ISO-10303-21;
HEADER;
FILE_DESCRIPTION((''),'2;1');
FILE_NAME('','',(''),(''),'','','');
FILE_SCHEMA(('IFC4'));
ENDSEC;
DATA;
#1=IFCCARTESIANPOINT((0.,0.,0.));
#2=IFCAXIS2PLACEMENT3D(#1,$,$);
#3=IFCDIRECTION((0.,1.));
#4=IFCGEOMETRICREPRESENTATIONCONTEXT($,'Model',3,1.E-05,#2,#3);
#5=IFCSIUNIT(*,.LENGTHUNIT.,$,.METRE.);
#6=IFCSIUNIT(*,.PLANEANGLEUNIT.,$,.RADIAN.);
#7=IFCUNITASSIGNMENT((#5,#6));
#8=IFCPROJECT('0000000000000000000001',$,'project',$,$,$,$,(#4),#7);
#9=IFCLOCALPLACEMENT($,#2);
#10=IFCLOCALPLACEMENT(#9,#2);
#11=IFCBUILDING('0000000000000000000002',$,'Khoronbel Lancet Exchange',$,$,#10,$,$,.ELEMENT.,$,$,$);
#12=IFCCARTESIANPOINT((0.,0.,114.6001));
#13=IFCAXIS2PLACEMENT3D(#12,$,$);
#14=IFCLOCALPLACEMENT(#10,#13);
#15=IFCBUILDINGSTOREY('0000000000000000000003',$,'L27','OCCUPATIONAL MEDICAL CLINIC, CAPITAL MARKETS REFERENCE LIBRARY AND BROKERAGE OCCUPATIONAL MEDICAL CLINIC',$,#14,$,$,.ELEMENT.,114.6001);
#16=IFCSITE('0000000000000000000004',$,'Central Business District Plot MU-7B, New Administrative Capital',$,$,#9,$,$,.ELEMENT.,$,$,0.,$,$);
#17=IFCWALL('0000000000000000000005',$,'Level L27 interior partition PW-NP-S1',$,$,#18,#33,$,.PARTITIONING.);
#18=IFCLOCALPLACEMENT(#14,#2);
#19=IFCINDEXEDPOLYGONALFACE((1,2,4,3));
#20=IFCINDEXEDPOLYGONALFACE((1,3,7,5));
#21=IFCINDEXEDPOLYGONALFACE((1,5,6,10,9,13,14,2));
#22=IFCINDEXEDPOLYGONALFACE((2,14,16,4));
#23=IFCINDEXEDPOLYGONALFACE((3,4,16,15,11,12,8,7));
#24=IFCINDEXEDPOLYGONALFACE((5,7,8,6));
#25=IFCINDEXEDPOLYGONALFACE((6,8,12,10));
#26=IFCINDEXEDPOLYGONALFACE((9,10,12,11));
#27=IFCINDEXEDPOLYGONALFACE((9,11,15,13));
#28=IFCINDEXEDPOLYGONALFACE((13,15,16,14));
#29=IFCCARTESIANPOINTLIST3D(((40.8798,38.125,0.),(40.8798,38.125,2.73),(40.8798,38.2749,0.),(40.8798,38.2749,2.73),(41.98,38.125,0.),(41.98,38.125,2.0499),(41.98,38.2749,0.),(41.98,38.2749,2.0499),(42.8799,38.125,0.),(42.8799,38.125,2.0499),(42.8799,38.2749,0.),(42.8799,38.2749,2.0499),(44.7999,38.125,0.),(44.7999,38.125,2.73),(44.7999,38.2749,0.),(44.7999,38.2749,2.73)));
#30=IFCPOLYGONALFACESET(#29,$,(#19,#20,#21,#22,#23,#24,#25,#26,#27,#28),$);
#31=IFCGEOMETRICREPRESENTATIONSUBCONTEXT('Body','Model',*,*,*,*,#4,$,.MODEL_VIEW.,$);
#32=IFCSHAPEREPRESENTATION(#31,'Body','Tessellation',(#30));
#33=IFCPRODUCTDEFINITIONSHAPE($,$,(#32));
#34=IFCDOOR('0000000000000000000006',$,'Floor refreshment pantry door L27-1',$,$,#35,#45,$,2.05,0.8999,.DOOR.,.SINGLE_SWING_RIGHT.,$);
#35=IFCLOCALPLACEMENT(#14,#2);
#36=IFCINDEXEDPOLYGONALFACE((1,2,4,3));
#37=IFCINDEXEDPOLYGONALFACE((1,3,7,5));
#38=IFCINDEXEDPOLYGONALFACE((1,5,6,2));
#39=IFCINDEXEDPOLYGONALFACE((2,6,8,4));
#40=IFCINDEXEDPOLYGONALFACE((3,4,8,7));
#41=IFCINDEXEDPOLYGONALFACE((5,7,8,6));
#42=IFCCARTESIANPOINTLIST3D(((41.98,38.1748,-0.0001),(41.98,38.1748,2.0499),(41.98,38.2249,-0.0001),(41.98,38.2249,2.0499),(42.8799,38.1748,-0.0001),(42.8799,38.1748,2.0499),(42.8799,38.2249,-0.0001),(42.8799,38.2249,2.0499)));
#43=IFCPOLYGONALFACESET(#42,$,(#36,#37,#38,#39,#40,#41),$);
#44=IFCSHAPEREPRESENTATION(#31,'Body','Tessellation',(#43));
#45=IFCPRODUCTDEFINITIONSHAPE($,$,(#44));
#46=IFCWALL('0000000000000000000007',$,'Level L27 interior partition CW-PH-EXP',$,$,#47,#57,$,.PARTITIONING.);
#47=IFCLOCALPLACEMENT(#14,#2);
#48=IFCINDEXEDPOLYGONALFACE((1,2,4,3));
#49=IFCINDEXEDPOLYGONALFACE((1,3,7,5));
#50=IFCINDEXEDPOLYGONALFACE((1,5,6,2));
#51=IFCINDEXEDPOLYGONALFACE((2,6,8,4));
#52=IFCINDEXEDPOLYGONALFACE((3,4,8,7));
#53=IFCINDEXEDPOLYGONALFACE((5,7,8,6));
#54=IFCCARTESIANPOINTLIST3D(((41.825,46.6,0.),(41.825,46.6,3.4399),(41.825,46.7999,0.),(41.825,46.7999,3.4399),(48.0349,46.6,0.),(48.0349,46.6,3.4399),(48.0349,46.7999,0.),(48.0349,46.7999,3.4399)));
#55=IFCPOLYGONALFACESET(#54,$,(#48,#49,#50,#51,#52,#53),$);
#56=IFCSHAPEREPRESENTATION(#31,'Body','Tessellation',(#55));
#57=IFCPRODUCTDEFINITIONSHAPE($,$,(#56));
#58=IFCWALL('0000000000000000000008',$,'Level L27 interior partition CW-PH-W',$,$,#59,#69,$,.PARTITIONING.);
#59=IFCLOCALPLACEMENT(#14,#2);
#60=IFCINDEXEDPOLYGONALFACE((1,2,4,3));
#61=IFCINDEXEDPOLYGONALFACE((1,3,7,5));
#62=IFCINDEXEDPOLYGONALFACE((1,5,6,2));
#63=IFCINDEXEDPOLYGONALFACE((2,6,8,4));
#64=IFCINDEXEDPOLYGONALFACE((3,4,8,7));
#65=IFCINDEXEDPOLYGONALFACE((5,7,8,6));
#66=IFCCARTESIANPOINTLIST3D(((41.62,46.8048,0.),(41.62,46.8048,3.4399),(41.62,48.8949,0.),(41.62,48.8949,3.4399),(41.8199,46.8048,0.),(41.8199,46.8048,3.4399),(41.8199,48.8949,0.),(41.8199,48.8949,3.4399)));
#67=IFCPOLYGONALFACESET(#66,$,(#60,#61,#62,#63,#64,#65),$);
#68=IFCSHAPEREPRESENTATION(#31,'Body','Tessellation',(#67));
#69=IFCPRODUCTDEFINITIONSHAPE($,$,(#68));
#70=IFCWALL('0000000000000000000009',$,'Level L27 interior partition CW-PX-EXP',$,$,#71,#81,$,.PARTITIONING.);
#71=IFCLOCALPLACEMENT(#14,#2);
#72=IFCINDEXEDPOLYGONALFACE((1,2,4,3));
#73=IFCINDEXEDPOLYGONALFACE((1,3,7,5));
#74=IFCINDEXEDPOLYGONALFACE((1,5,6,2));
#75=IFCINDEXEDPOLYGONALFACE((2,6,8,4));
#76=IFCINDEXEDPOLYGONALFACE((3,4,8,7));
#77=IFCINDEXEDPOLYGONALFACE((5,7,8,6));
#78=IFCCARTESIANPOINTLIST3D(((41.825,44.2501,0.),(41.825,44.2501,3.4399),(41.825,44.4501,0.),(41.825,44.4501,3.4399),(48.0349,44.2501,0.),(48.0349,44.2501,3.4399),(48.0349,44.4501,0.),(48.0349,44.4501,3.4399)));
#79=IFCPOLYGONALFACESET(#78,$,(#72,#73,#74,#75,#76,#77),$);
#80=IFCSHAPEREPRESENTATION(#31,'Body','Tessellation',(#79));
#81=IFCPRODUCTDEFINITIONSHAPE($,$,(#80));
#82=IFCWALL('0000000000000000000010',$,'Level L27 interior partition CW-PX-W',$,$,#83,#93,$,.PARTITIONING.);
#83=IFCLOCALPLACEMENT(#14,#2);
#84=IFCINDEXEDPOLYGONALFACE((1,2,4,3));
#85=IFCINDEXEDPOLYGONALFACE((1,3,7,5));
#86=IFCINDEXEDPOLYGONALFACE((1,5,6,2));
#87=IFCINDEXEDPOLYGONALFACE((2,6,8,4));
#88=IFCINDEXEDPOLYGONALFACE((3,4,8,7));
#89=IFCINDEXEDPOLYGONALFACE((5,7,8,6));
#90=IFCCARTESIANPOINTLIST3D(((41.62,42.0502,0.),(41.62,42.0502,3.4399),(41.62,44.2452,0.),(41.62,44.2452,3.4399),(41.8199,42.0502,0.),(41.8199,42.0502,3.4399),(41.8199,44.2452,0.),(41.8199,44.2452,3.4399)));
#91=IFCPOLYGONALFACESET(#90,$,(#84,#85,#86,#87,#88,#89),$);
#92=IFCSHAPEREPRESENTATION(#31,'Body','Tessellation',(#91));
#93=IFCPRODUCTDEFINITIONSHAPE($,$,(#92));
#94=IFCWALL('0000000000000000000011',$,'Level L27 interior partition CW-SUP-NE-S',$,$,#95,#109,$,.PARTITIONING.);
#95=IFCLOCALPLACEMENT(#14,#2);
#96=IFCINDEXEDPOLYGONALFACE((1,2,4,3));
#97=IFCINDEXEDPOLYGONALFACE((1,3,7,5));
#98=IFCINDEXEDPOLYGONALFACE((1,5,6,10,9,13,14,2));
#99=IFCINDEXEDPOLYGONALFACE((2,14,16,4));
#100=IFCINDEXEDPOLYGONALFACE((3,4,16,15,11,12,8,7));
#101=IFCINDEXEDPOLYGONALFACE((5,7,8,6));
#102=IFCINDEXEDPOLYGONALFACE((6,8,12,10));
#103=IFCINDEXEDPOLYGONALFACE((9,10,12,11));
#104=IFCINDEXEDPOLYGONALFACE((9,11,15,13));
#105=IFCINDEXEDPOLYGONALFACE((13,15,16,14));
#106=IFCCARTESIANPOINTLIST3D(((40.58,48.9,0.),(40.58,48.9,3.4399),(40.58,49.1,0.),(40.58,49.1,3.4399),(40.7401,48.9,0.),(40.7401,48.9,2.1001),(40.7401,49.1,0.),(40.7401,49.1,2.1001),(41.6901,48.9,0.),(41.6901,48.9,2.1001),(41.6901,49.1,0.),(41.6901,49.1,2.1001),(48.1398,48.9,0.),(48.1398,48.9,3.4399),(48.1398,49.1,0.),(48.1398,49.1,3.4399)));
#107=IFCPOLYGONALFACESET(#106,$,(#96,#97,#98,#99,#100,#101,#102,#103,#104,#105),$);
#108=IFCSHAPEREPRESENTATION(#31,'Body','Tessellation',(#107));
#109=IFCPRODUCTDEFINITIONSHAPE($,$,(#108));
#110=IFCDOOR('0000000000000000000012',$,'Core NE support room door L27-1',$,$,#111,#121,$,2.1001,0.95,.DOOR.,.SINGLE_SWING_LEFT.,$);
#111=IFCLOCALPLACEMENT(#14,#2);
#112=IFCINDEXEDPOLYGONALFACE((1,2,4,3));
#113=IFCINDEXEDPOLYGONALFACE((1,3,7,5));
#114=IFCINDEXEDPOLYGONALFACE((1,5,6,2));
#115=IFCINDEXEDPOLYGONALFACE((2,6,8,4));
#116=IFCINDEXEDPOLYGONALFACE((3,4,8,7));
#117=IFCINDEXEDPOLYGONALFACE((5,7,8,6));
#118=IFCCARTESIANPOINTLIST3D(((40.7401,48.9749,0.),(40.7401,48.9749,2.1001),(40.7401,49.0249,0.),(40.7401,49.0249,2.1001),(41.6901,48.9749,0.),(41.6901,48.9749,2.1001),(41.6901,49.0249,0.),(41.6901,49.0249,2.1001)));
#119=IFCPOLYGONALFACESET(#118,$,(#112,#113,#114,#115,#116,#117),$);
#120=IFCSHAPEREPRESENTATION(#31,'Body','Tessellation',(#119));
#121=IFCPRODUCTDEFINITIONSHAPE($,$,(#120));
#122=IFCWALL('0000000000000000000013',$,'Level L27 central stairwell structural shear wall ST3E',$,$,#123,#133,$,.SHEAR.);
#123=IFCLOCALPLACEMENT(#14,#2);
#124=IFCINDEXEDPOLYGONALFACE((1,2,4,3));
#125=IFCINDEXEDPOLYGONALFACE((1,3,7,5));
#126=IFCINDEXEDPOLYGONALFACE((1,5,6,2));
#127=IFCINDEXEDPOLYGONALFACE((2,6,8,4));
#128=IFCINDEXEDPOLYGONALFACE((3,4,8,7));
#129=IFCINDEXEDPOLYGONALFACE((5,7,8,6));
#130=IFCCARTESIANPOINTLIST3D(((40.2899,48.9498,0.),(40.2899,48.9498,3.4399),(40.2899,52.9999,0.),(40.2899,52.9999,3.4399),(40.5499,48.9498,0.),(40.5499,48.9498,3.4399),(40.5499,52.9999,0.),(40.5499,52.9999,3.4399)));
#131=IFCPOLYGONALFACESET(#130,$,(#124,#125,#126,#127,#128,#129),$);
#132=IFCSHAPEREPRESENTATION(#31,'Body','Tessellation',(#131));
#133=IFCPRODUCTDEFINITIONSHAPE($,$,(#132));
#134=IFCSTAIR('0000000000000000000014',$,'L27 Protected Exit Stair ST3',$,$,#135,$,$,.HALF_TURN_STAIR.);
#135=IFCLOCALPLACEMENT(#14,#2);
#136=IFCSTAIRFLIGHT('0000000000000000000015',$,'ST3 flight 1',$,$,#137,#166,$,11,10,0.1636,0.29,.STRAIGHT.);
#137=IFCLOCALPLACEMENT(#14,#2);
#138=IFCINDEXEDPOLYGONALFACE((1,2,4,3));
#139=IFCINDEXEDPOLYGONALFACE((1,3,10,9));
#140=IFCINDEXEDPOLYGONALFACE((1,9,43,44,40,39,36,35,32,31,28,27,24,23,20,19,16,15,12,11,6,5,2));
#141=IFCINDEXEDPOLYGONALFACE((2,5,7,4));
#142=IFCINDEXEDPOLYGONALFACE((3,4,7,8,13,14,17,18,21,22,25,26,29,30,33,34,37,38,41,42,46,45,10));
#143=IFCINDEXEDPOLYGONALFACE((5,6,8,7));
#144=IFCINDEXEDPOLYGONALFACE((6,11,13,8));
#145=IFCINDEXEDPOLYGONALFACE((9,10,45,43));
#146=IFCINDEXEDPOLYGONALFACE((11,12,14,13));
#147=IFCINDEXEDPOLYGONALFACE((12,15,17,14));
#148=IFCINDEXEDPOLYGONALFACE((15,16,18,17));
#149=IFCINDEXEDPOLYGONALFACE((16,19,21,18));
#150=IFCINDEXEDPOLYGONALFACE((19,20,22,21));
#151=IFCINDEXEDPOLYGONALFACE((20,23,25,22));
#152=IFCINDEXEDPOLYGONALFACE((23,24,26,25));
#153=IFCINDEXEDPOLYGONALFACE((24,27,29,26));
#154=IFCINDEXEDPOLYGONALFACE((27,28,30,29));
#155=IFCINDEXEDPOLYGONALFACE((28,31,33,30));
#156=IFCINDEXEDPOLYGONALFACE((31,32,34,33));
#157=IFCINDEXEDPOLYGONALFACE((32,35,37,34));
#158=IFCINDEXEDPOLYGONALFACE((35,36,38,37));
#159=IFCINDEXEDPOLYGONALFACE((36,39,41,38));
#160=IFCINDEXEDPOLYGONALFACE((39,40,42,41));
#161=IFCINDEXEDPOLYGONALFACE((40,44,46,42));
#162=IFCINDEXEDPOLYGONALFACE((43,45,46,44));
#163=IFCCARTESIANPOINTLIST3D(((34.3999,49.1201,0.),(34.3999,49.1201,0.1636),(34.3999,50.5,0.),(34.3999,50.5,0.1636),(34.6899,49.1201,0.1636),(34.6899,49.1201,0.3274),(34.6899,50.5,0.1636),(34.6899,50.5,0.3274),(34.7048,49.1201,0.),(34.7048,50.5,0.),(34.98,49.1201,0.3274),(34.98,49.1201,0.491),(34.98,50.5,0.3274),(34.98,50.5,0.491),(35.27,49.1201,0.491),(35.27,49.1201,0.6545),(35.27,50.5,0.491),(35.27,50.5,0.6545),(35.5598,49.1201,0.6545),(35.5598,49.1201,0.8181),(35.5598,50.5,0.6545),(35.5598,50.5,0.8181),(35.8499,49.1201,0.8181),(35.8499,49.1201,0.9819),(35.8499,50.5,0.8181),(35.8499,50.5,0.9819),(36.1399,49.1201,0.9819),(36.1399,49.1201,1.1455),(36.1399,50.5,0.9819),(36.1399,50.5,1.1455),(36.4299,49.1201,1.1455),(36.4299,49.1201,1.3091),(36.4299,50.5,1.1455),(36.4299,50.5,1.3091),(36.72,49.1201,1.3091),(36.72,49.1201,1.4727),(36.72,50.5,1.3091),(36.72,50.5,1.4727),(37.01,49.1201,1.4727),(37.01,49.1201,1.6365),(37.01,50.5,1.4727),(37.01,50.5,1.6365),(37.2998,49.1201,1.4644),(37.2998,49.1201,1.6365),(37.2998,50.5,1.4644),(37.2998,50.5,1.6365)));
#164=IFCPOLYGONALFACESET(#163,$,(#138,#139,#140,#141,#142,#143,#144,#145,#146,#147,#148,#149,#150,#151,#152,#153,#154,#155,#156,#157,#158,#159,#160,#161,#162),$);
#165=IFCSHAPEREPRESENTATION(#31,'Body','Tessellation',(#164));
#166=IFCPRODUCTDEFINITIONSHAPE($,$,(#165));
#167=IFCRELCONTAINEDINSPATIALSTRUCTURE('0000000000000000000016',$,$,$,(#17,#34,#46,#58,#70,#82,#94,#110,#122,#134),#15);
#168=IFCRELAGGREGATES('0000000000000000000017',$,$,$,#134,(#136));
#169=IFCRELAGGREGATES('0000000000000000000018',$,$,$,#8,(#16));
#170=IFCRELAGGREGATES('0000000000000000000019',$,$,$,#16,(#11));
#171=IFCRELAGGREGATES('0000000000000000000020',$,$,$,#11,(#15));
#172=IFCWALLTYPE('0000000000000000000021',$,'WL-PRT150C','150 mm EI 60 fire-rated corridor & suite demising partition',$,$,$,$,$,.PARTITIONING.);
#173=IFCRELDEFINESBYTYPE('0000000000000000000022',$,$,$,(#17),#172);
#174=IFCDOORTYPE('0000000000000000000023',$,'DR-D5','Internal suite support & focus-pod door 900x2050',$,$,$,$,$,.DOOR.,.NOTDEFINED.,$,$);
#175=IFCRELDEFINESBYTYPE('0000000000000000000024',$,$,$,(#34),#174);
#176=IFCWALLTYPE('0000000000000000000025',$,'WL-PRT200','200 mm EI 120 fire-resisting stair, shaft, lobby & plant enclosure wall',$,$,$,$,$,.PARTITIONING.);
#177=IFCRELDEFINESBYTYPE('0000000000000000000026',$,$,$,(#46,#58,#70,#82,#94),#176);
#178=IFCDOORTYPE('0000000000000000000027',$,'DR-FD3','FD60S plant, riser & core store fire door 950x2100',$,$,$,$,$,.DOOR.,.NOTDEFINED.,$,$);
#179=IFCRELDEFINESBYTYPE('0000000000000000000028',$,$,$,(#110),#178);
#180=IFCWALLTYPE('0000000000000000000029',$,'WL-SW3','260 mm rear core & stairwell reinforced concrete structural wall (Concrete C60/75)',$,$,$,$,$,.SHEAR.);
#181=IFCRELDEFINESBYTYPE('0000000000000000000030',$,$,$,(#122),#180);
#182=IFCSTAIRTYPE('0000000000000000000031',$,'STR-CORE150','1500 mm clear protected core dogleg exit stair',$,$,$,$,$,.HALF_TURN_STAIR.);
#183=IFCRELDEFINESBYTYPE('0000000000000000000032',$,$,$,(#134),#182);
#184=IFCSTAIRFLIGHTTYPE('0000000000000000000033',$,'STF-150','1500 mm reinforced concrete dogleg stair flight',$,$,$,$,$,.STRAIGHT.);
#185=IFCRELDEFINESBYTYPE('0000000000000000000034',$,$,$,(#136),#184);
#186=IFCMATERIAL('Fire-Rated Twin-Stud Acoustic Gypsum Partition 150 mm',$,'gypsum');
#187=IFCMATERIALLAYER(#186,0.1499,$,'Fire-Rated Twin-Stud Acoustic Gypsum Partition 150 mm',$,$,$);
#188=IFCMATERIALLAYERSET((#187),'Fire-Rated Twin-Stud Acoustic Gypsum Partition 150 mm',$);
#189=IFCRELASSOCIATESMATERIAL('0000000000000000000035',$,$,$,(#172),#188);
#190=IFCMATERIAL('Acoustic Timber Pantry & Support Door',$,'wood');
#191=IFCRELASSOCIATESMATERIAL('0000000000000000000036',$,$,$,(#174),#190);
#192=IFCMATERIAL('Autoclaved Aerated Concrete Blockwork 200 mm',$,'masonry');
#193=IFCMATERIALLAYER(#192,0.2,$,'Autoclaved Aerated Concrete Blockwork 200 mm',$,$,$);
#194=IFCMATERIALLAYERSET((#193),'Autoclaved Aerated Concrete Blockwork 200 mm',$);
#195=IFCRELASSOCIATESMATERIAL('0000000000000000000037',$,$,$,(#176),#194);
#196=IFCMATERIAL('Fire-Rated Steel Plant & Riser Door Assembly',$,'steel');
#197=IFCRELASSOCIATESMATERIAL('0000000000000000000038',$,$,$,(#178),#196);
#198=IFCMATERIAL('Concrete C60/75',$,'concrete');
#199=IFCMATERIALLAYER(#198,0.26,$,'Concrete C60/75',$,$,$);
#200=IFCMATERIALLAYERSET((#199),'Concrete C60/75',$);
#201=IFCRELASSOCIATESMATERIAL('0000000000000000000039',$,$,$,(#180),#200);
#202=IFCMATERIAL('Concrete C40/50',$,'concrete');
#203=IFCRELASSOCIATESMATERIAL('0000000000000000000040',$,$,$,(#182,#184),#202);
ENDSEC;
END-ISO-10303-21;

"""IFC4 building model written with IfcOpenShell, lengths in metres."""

from ifc_helpers import new_model, si_unit, direction, frame, frame_2d, origin, place, context, subcontext, project, spatial, polyline, rectangle, outline, extrude, material, layer, layer_set, type_object, element, fill, aggregate, save


model = new_model("IFC4")

# Units and contexts
model_context = context("Model", 3, precision=1e-05, world=origin(), true_north=direction((0.0, 1.0)))
body_context = subcontext(model_context, "Body", "Model", "MODEL_VIEW")
ifc_project = project(units=[si_unit("LENGTHUNIT", "METRE"), si_unit("PLANEANGLEUNIT", "RADIAN")], contexts=[model_context])

# Site, building, storey
site_placement = place(None, origin())
site = spatial("IfcSite", under=ifc_project, at=site_placement, Name="Central Business District Plot MU-7B, New Administrative Capital", CompositionType="ELEMENT", RefElevation=0.0)
building_placement = place(site_placement, origin())
building = spatial("IfcBuilding", under=site, at=building_placement, Name="Khoronbel Lancet Exchange", CompositionType="ELEMENT")
storey_placement = place(building_placement, frame((0.0, 0.0, 114.6001)))
storey = spatial("IfcBuildingStorey", under=building, at=storey_placement, Name="L27", Description="OCCUPATIONAL MEDICAL CLINIC, CAPITAL MARKETS REFERENCE LIBRARY AND BROKERAGE OCCUPATIONAL MEDICAL CLINIC", CompositionType="ELEMENT", Elevation=114.6001)

# Wall, opening, door
ifc_material_1 = material(Name="Fire-Rated Twin-Stud Acoustic Gypsum Partition 150 mm", Category="gypsum")
ifc_layer_1 = layer(ifc_material_1, 0.1499, Name="Fire-Rated Twin-Stud Acoustic Gypsum Partition 150 mm")
ifc_layer_set_1 = layer_set([ifc_layer_1], Name="Fire-Rated Twin-Stud Acoustic Gypsum Partition 150 mm")
wall_type_1 = type_object("IfcWallType", Name="WL-PRT150C", Description="150 mm EI 60 fire-rated corridor & suite demising partition", PredefinedType="PARTITIONING", material=ifc_layer_set_1)
wall_1_placement = place(storey_placement, frame((40.8799, 38.2, 0.0), z_axis=(0.0, 0.0, 1.0), x_axis=(1.0, 0.0, 0.0)))
wall_1 = element("IfcWall", 1, at=wall_1_placement, inside=storey, type_object=wall_type_1, Name="Level L27 interior partition PW-NP-S1", PredefinedType="PARTITIONING", context=body_context, shape_type="SweptSolid", body=[
    extrude(rectangle(XDim=3.9202, YDim=0.1499, at=frame_2d((1.96, 0.0))), origin(), (0.0, 0.0, 1.0), 2.73),
])
opening_1_placement = place(wall_1_placement, frame((1.1001, 0.0, 0.0)))
opening_1 = element("IfcOpeningElement", 2, at=opening_1_placement, cuts=wall_1, PredefinedType="OPENING", context=body_context, shape_type="SweptSolid", body=[
    extrude(rectangle(XDim=0.8999, YDim=2.05, at=frame_2d((0.45, 1.0249))), frame((0.0, 0.085, 0.0), z_axis=(0.0, -1.0, 0.0), x_axis=(1.0, 0.0, 0.0)), (0.0, 0.0, 1.0), 0.1699),
])
ifc_material_2 = material(Name="Acoustic Timber Pantry & Support Door", Category="wood")
door_type_1 = type_object("IfcDoorType", Name="DR-D5", Description="Internal suite support & focus-pod door 900x2050", OperationType="NOTDEFINED", PredefinedType="DOOR", material=ifc_material_2)
door_1_placement = place(opening_1_placement, origin())
door_1 = element("IfcDoor", 3, at=door_1_placement, inside=storey, type_object=door_type_1, Name="Floor refreshment pantry door L27-1", OperationType="SINGLE_SWING_RIGHT", OverallHeight=2.05, OverallWidth=0.8999, PredefinedType="DOOR", context=body_context, shape_type="SweptSolid", body=[
    extrude(rectangle(XDim=0.8999, YDim=2.05, at=frame_2d((0.45, 1.0249))), frame((0.0, 0.0249, 0.0), z_axis=(0.0, -1.0, 0.0), x_axis=(1.0, 0.0, 0.0)), (0.0, 0.0, 1.0), 0.05),
])
fill(opening_1, door_1)

# Walls
ifc_material_3 = material(Name="Autoclaved Aerated Concrete Blockwork 200 mm", Category="masonry")
ifc_layer_2 = layer(ifc_material_3, 0.2, Name="Autoclaved Aerated Concrete Blockwork 200 mm")
ifc_layer_set_2 = layer_set([ifc_layer_2], Name="Autoclaved Aerated Concrete Blockwork 200 mm")
wall_type_2 = type_object("IfcWallType", Name="WL-PRT200", Description="200 mm EI 120 fire-resisting stair, shaft, lobby & plant enclosure wall", PredefinedType="PARTITIONING", material=ifc_layer_set_2)
wall_2_placement = place(storey_placement, frame((41.825, 46.7, 0.0), z_axis=(0.0, 0.0, 1.0), x_axis=(1.0, 0.0, 0.0)))
element("IfcWall", 4, at=wall_2_placement, inside=storey, type_object=wall_type_2, Name="Level L27 interior partition CW-PH-EXP", PredefinedType="PARTITIONING", context=body_context, shape_type="SweptSolid", body=[
    extrude(rectangle(XDim=6.21, YDim=0.2, at=frame_2d((3.105, 0.0))), origin(), (0.0, 0.0, 1.0), 3.4399),
])
wall_3_placement = place(storey_placement, frame((41.72, 46.8049, 0.0), z_axis=(0.0, 0.0, 1.0), x_axis=(0.0, 1.0, 0.0)))
element("IfcWall", 5, at=wall_3_placement, inside=storey, type_object=wall_type_2, Name="Level L27 interior partition CW-PH-W", PredefinedType="PARTITIONING", context=body_context, shape_type="SweptSolid", body=[
    extrude(rectangle(XDim=2.0901, YDim=0.2, at=frame_2d((1.0449, 0.0))), origin(), (0.0, 0.0, 1.0), 3.4399),
])
wall_4_placement = place(storey_placement, frame((41.825, 44.3501, 0.0), z_axis=(0.0, 0.0, 1.0), x_axis=(1.0, 0.0, 0.0)))
element("IfcWall", 6, at=wall_4_placement, inside=storey, type_object=wall_type_2, Name="Level L27 interior partition CW-PX-EXP", PredefinedType="PARTITIONING", context=body_context, shape_type="SweptSolid", body=[
    extrude(rectangle(XDim=6.21, YDim=0.2, at=frame_2d((3.105, 0.0))), origin(), (0.0, 0.0, 1.0), 3.4399),
])
wall_5_placement = place(storey_placement, frame((41.72, 42.05, 0.0), z_axis=(0.0, 0.0, 1.0), x_axis=(0.0, 1.0, 0.0)))
element("IfcWall", 7, at=wall_5_placement, inside=storey, type_object=wall_type_2, Name="Level L27 interior partition CW-PX-W", PredefinedType="PARTITIONING", context=body_context, shape_type="SweptSolid", body=[
    extrude(rectangle(XDim=2.1951, YDim=0.2, at=frame_2d((1.0977, 0.0))), origin(), (0.0, 0.0, 1.0), 3.4399),
])

# Wall, opening, door
wall_6_placement = place(storey_placement, frame((40.5801, 49.0, 0.0), z_axis=(0.0, 0.0, 1.0), x_axis=(1.0, 0.0, 0.0)))
wall_6 = element("IfcWall", 8, at=wall_6_placement, inside=storey, type_object=wall_type_2, Name="Level L27 interior partition CW-SUP-NE-S", PredefinedType="PARTITIONING", context=body_context, shape_type="SweptSolid", body=[
    extrude(rectangle(XDim=7.5598, YDim=0.2, at=frame_2d((3.7798, 0.0))), origin(), (0.0, 0.0, 1.0), 3.4399),
])
opening_2_placement = place(wall_6_placement, frame((0.1599, 0.0, 0.0)))
opening_2 = element("IfcOpeningElement", 9, at=opening_2_placement, cuts=wall_6, PredefinedType="OPENING", context=body_context, shape_type="SweptSolid", body=[
    extrude(rectangle(XDim=0.95, YDim=2.1001, at=frame_2d((0.4751, 1.05))), frame((0.0, 0.1099, 0.0), z_axis=(0.0, -1.0, 0.0), x_axis=(1.0, 0.0, 0.0)), (0.0, 0.0, 1.0), 0.22),
])
ifc_material_4 = material(Name="Fire-Rated Steel Plant & Riser Door Assembly", Category="steel")
door_type_2 = type_object("IfcDoorType", Name="DR-FD3", Description="FD60S plant, riser & core store fire door 950x2100", OperationType="NOTDEFINED", PredefinedType="DOOR", material=ifc_material_4)
door_2_placement = place(opening_2_placement, origin())
door_2 = element("IfcDoor", 10, at=door_2_placement, inside=storey, type_object=door_type_2, Name="Core NE support room door L27-1", OperationType="SINGLE_SWING_LEFT", OverallHeight=2.1001, OverallWidth=0.95, PredefinedType="DOOR", context=body_context, shape_type="SweptSolid", body=[
    extrude(rectangle(XDim=0.95, YDim=2.1001, at=frame_2d((0.4751, 1.05))), frame((0.0, 0.0249, 0.0), z_axis=(0.0, -1.0, 0.0), x_axis=(1.0, 0.0, 0.0)), (0.0, 0.0, 1.0), 0.05),
])
fill(opening_2, door_2)

# Wall
ifc_material_5 = material(Name="Concrete C60/75", Category="concrete")
ifc_layer_3 = layer(ifc_material_5, 0.26, Name="Concrete C60/75")
ifc_layer_set_3 = layer_set([ifc_layer_3], Name="Concrete C60/75")
wall_type_3 = type_object("IfcWallType", Name="WL-SW3", Description="260 mm rear core & stairwell reinforced concrete structural wall (Concrete C60/75)", PredefinedType="SHEAR", material=ifc_layer_set_3)
wall_7_placement = place(storey_placement, frame((40.4199, 48.95, 0.0), z_axis=(0.0, 0.0, 1.0), x_axis=(0.0, 1.0, 0.0)))
element("IfcWall", 11, at=wall_7_placement, inside=storey, type_object=wall_type_3, Name="Level L27 central stairwell structural shear wall ST3E", PredefinedType="SHEAR", context=body_context, shape_type="SweptSolid", body=[
    extrude(rectangle(XDim=4.05, YDim=0.26, at=frame_2d((2.0249, 0.0))), origin(), (0.0, 0.0, 1.0), 3.4399),
])

# Stair, stair flight
ifc_material_6 = material(Name="Concrete C40/50", Category="concrete")
stair_type = type_object("IfcStairType", Name="STR-CORE150", Description="1500 mm clear protected core dogleg exit stair", PredefinedType="HALF_TURN_STAIR", material=ifc_material_6)
stair_placement = place(storey_placement, origin())
stair = element("IfcStair", 12, at=stair_placement, inside=storey, type_object=stair_type, Name="L27 Protected Exit Stair ST3", PredefinedType="HALF_TURN_STAIR")
stair_flight_type = type_object("IfcStairFlightType", Name="STF-150", Description="1500 mm reinforced concrete dogleg stair flight", PredefinedType="STRAIGHT", material=ifc_material_6)
stair_flight_1_placement = place(storey_placement, frame((34.3999, 49.8101, 0.0), z_axis=(0.0, 0.0, 1.0), x_axis=(1.0, 0.0, 0.0)))
stair_flight_1 = element("IfcStairFlight", 13, at=stair_flight_1_placement, type_object=stair_flight_type, Name="ST3 flight 1", NumberOfRisers=11, NumberOfTreads=10, PredefinedType="STRAIGHT", RiserHeight=0.1636, TreadLength=0.29, context=body_context, shape_type="SweptSolid", body=[
    extrude(outline(polyline([(0.0, 0.0), (0.0, 0.1636), (0.29, 0.1636), (0.29, 0.3274), (0.5801, 0.3274), (0.5801, 0.491), (0.8701, 0.491), (0.8701, 0.6545), (1.1599, 0.6545), (1.1599, 0.8181), (1.45, 0.8181), (1.45, 0.9819), (1.74, 0.9819), (1.74, 1.1455), (2.03, 1.1455), (2.03, 1.3091), (2.3201, 1.3091), (2.3201, 1.4727), (2.6101, 1.4727), (2.6101, 1.6365), (2.8999, 1.6365), (2.8999, 1.8), (2.8999, 1.4644), (0.3049, 0.0), (0.0, 0.0)])), frame((0.0, 0.6899, 0.0), z_axis=(0.0, -1.0, 0.0), x_axis=(1.0, 0.0, 0.0)), (0.0, 0.0, 1.0), 1.3799),
])
aggregate(stair, [stair_flight_1])

save(model, "model.ifc")
